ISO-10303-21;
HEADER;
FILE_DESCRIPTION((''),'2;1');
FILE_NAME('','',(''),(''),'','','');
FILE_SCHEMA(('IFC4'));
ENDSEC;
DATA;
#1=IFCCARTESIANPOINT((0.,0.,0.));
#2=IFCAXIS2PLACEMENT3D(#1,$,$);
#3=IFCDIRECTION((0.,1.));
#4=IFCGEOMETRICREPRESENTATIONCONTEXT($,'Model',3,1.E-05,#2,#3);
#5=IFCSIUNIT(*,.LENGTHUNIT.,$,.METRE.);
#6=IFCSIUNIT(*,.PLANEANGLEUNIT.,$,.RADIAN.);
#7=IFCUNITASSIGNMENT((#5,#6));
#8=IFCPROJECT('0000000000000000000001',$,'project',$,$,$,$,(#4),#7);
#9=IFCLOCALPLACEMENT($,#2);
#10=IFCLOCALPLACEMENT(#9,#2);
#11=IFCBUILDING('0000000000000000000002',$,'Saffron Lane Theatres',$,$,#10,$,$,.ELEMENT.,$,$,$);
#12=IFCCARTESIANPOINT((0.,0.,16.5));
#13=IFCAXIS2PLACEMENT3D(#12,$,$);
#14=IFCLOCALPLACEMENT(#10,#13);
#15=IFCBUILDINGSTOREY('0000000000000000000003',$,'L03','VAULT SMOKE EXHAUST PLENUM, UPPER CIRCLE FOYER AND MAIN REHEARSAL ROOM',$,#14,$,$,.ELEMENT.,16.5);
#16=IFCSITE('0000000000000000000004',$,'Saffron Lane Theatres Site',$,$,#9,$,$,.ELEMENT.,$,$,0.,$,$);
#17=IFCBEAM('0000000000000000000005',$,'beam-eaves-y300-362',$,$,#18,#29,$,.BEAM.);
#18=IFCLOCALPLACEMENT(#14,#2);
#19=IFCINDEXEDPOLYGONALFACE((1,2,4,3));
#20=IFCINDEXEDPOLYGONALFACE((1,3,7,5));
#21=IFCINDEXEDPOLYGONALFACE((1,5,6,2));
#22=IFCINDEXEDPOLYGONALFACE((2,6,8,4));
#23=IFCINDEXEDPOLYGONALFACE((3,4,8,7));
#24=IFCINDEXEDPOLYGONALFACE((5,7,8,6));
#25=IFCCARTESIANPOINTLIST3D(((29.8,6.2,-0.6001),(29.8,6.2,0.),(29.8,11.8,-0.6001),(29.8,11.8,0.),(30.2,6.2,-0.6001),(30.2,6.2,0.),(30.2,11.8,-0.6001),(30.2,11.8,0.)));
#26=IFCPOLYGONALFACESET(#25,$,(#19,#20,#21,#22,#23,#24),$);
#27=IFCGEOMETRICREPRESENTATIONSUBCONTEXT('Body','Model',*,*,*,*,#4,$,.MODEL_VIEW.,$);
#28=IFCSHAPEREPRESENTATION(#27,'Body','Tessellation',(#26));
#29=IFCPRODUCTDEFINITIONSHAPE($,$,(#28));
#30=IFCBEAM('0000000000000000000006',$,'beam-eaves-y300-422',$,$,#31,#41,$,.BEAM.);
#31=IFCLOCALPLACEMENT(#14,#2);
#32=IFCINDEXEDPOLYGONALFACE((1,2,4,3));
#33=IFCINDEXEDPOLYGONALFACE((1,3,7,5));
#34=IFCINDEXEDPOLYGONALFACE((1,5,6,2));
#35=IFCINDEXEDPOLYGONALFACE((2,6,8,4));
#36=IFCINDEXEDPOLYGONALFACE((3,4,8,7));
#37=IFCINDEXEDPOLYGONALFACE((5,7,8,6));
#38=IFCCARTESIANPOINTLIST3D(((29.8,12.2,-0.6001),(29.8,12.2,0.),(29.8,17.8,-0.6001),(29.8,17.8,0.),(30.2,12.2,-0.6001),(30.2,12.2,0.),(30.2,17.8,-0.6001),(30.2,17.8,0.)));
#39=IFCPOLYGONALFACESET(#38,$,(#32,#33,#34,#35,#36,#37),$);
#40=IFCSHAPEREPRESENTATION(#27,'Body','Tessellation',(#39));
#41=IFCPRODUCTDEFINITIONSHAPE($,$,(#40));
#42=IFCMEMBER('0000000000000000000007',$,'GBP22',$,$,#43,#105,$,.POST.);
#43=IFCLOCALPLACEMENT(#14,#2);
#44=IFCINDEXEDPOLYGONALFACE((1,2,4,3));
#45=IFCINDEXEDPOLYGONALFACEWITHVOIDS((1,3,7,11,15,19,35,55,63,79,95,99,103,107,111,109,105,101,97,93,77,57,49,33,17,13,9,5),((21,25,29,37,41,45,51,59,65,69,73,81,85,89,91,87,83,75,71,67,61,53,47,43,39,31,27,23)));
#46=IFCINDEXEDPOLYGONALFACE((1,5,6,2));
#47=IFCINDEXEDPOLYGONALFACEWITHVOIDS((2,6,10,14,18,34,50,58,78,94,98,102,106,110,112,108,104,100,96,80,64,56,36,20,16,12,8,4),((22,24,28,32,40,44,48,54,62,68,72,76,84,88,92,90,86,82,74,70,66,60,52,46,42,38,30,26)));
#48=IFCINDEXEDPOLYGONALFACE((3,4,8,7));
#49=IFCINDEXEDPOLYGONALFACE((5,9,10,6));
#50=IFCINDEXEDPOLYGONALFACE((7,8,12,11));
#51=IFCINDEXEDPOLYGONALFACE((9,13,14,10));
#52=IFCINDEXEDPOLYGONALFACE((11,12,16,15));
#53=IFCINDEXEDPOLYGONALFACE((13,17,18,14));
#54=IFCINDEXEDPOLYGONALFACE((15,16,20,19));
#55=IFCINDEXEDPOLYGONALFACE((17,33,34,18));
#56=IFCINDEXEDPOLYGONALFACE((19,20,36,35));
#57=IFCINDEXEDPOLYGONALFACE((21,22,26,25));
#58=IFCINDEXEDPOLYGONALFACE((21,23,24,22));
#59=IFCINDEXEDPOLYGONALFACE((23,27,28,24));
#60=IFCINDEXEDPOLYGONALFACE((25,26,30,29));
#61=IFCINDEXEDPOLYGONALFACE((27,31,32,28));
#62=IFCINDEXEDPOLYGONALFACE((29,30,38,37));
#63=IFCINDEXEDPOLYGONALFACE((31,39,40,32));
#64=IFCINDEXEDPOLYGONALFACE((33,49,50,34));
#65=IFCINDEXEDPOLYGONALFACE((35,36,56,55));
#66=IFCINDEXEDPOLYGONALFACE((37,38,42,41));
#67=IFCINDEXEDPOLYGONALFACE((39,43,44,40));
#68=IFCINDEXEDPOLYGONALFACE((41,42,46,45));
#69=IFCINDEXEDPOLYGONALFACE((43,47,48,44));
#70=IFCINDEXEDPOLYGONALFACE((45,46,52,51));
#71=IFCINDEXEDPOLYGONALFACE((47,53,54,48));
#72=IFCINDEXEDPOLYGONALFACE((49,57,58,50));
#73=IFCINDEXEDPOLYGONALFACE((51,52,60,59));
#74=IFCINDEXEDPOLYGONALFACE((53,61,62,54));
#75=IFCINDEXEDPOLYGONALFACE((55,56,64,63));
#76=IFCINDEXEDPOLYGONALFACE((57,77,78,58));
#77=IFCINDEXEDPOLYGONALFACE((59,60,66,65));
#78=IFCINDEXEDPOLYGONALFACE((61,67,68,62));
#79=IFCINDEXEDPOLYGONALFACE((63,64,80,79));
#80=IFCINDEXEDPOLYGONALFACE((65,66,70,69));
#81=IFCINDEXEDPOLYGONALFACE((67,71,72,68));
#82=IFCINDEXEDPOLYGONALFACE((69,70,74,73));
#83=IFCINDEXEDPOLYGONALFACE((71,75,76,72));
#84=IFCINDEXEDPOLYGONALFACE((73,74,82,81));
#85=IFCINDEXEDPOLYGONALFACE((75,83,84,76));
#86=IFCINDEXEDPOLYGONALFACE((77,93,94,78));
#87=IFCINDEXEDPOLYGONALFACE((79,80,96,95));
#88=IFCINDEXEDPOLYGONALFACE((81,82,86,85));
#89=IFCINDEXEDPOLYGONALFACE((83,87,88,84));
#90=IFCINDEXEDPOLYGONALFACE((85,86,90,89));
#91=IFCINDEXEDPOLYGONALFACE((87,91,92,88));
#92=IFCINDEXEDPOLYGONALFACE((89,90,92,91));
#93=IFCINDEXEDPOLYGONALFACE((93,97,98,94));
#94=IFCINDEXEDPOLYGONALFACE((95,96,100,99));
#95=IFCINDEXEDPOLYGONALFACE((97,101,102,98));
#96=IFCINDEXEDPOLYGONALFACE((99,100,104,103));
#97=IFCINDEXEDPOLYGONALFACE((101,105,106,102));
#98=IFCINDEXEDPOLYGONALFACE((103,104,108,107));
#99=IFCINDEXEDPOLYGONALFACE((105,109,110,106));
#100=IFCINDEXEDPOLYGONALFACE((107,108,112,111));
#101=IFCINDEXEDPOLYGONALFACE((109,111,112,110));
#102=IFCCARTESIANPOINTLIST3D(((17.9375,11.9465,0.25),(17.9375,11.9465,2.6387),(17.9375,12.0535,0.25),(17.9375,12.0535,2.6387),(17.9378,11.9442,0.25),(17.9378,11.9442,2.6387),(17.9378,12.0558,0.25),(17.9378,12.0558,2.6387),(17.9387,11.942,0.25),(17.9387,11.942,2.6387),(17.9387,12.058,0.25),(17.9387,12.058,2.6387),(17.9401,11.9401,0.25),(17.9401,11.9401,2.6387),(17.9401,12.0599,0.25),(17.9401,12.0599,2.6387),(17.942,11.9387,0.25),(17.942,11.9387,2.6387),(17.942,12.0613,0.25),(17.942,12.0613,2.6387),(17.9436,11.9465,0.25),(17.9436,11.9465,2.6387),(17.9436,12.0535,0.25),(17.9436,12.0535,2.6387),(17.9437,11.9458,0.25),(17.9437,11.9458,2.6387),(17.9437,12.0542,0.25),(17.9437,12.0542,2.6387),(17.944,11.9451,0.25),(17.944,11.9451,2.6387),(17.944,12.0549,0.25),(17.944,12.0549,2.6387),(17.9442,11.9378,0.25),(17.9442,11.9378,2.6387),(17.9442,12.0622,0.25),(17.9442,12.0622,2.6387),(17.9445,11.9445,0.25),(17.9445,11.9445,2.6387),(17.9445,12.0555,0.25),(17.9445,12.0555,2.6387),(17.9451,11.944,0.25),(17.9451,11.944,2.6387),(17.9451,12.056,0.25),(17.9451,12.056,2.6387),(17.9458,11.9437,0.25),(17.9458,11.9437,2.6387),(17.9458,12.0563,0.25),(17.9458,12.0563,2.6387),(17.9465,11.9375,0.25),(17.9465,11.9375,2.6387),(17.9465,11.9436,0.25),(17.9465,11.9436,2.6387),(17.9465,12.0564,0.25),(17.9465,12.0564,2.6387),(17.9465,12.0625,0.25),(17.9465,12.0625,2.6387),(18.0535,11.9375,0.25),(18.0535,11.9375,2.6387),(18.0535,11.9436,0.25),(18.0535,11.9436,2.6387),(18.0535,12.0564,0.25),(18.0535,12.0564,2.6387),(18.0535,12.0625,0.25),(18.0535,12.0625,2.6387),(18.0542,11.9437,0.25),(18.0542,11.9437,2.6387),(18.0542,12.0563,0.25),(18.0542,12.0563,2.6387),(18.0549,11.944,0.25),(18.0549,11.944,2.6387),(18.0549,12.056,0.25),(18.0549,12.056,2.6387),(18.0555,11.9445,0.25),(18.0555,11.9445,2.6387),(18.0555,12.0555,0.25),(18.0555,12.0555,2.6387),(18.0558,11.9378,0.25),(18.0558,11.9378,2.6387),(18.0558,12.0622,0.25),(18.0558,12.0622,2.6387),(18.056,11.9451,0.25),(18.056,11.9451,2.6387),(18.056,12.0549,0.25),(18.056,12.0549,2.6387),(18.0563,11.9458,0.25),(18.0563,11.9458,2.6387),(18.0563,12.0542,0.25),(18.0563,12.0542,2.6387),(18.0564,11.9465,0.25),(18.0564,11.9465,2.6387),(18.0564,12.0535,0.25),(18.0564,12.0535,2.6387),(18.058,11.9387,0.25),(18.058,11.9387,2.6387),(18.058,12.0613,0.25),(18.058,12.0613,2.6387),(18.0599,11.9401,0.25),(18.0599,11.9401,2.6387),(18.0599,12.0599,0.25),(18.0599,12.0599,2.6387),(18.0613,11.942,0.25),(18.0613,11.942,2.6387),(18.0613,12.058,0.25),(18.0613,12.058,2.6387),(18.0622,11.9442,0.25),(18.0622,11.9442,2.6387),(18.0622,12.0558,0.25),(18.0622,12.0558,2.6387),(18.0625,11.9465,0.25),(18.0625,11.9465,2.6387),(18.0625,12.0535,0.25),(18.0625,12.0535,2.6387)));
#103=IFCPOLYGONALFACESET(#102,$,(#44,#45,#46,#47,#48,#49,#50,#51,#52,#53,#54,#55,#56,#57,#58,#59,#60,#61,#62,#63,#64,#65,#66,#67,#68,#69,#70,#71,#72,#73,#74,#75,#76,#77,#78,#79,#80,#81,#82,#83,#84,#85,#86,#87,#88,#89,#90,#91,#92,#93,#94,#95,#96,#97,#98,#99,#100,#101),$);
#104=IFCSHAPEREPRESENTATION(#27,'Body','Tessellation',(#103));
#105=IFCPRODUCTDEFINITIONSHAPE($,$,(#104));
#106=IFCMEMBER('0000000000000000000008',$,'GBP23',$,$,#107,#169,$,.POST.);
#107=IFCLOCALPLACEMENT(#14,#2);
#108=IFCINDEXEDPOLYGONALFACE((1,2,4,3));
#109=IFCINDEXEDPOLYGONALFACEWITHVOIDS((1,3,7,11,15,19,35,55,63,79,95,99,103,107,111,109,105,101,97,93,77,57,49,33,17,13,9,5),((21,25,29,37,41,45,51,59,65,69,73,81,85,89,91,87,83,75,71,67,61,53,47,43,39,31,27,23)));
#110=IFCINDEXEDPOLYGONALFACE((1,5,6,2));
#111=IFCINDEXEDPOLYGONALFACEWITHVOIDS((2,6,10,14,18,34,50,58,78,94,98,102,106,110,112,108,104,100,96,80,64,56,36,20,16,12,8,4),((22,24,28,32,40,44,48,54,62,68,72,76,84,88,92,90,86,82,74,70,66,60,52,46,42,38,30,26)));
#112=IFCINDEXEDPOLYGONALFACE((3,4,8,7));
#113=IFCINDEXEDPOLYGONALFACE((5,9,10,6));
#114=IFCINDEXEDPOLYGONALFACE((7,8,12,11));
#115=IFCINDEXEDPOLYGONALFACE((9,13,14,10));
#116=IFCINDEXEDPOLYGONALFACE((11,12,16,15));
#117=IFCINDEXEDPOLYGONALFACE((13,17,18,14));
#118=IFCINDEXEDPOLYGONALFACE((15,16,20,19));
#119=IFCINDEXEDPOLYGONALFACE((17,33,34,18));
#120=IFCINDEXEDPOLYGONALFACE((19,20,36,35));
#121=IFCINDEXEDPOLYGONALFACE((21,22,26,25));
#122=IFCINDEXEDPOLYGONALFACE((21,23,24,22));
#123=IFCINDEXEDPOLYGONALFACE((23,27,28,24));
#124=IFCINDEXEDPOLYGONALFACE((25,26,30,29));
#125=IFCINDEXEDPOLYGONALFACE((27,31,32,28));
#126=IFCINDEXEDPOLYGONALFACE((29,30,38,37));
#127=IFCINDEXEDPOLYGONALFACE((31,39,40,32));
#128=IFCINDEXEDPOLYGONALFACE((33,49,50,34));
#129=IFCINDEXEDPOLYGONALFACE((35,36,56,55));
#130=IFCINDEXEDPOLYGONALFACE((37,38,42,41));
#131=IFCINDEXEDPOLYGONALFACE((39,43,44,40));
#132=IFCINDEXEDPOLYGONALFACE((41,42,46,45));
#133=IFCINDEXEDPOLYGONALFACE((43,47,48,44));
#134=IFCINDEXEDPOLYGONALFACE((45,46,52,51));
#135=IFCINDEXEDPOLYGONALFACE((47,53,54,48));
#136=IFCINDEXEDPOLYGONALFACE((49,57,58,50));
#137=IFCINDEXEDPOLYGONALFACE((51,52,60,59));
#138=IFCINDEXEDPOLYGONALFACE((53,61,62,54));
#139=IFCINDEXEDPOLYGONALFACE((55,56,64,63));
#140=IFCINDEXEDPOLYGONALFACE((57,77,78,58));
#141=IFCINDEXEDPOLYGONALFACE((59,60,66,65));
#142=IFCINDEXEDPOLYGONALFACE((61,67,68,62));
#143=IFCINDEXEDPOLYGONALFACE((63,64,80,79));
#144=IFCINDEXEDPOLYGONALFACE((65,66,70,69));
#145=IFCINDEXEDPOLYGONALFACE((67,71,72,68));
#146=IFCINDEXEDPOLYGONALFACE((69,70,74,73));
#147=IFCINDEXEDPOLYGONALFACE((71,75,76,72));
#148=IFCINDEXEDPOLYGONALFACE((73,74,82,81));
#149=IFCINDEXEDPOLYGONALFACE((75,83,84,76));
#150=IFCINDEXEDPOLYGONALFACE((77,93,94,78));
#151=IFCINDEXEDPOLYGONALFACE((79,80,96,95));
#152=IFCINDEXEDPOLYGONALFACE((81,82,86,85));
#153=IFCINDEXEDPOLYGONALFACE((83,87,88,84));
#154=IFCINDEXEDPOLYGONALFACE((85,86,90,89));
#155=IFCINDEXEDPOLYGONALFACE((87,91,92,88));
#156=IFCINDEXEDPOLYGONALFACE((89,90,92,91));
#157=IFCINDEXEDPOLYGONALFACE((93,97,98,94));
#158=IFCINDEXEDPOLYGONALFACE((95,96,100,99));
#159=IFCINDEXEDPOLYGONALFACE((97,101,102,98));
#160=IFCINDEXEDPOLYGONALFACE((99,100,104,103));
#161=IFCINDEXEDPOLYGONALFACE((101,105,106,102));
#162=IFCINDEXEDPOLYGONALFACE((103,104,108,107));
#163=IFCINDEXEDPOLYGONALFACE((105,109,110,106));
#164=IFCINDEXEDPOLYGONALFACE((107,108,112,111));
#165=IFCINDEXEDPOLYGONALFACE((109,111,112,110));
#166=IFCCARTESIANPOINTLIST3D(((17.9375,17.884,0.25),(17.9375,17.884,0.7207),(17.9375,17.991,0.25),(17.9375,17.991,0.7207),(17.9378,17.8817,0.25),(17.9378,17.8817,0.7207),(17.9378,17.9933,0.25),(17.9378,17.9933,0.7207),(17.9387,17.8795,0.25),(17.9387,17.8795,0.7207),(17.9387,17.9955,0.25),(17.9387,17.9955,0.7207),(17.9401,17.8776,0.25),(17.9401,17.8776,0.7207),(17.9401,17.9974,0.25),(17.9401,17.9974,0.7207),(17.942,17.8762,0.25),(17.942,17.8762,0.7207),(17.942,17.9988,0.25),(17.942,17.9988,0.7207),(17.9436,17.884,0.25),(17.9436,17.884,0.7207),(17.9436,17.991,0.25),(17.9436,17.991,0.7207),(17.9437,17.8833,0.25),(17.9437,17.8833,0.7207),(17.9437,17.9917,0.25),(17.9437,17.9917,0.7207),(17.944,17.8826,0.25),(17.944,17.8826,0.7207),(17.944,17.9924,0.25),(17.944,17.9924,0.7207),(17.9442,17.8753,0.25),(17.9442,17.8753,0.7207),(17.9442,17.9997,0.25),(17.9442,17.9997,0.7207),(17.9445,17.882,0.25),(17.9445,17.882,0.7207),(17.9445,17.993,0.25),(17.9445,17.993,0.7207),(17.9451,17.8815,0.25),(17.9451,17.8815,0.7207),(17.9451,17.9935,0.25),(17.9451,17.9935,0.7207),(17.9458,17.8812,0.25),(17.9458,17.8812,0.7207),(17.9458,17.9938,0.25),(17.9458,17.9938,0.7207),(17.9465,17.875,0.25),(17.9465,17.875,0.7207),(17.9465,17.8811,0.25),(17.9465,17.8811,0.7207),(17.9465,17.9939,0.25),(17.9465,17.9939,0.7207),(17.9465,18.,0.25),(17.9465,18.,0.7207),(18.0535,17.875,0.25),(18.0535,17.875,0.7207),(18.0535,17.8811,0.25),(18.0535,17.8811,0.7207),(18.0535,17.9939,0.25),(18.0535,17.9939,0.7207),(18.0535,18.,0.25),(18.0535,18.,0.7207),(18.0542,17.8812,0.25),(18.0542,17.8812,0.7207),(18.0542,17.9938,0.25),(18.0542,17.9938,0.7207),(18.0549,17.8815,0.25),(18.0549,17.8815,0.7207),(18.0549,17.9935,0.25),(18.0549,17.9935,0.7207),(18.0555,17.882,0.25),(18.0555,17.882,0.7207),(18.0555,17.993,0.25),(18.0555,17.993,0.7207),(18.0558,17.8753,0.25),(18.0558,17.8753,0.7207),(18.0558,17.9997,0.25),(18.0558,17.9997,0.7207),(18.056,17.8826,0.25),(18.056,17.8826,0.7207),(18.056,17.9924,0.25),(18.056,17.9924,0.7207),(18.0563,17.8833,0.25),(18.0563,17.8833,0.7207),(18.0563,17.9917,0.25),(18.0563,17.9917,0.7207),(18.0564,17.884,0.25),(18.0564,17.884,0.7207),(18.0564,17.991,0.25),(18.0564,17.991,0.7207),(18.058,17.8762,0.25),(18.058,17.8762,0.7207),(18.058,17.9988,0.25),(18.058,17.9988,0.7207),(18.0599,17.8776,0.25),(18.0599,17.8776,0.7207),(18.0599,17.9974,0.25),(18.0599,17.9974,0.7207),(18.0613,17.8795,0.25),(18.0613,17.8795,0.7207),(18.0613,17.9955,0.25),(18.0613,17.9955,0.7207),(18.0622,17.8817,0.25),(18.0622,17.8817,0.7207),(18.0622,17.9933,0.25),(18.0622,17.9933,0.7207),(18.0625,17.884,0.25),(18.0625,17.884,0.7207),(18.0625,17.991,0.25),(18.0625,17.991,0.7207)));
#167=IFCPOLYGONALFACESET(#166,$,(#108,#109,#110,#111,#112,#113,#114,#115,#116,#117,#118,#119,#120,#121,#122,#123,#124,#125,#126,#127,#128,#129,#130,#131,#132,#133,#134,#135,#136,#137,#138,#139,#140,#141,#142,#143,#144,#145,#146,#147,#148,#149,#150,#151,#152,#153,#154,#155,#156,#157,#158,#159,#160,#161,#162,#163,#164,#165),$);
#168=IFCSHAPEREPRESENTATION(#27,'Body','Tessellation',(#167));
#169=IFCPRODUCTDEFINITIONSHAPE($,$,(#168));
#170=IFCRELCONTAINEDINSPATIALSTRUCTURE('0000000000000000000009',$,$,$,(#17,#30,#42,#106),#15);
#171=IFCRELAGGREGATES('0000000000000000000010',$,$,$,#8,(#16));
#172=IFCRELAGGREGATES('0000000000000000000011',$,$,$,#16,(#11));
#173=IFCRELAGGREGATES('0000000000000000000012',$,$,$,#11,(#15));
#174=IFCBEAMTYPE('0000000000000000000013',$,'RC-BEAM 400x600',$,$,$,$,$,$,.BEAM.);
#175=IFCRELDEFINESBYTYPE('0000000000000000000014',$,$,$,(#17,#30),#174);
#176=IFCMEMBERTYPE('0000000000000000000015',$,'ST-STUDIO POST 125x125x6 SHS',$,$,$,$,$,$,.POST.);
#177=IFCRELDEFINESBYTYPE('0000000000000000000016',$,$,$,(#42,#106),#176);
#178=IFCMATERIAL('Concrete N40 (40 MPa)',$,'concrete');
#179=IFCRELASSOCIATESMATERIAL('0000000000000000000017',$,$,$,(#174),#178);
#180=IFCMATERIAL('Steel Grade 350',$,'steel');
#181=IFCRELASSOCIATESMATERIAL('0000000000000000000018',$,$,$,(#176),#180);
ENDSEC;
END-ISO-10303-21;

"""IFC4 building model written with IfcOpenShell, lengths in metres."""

from ifc_helpers import new_model, si_unit, direction, frame, origin, origin_2d, place, context, subcontext, project, spatial, rectangle, hollow_rectangle, extrude, material, material_profile, profile_set, type_object, element, save


model = new_model("IFC4")

# Units and contexts
model_context = context("Model", 3, precision=1e-05, world=origin(), true_north=direction((0.0, 1.0)))
body_context = subcontext(model_context, "Body", "Model", "MODEL_VIEW")
ifc_project = project(units=[si_unit("LENGTHUNIT", "METRE"), si_unit("PLANEANGLEUNIT", "RADIAN")], contexts=[model_context])

# Site, building, storey
site_placement = place(None, origin())
site = spatial("IfcSite", under=ifc_project, at=site_placement, Name="Saffron Lane Theatres Site", CompositionType="ELEMENT", RefElevation=0.0)
building_placement = place(site_placement, origin())
building = spatial("IfcBuilding", under=site, at=building_placement, Name="Saffron Lane Theatres", CompositionType="ELEMENT")
storey_placement = place(building_placement, frame((0.0, 0.0, 16.5)))
storey = spatial("IfcBuildingStorey", under=building, at=storey_placement, Name="L03", Description="VAULT SMOKE EXHAUST PLENUM, UPPER CIRCLE FOYER AND MAIN REHEARSAL ROOM", CompositionType="ELEMENT", Elevation=16.5)

# Beams
ifc_material_1 = material(Name="Concrete N40 (40 MPa)", Category="concrete")
ifc_material_profile_1 = material_profile(ifc_material_1, rectangle(XDim=0.3999, YDim=0.6001, at=origin_2d()))
ifc_profile_set_1 = profile_set([ifc_material_profile_1], Name="Concrete N40 (40 MPa)")
beam_type = type_object("IfcBeamType", Name="RC-BEAM 400x600", PredefinedType="BEAM", material=ifc_profile_set_1)
for number, where, z_axis, x_axis, name in (
    (1, (30.0, 6.2, -0.3), (0.0, 1.0, 0.0), (-1.0, 0.0, 0.0), "beam-eaves-y300-362"),
    (2, (30.0, 12.2, -0.3), (0.0, 1.0, 0.0), (-1.0, 0.0, 0.0), "beam-eaves-y300-422"),
):
    element("IfcBeam", number, at=place(storey_placement, frame(where, z_axis=z_axis, x_axis=x_axis)), inside=storey, type_object=beam_type, Name=name, PredefinedType="BEAM", context=body_context, shape_type="SweptSolid", body=[
        extrude(rectangle(XDim=0.3999, YDim=0.6001, at=origin_2d()), origin(), (0.0, 0.0, 1.0), 5.6001),
    ])

# Members
ifc_material_2 = material(Name="Steel Grade 350", Category="steel")
ifc_material_profile_2 = material_profile(ifc_material_2, hollow_rectangle(XDim=0.125, YDim=0.125, WallThickness=0.0061, InnerFilletRadius=0.0029, OuterFilletRadius=0.009, at=origin_2d()))
ifc_profile_set_2 = profile_set([ifc_material_profile_2], Name="Steel Grade 350")
member_type_1 = type_object("IfcMemberType", Name="ST-STUDIO POST 125x125x6 SHS", PredefinedType="POST", material=ifc_profile_set_2)
member_1_placement = place(storey_placement, frame((18.0, 12.0, 0.25), z_axis=(0.0, 0.0, 1.0), x_axis=(1.0, 0.0, 0.0)))
element("IfcMember", 3, at=member_1_placement, inside=storey, type_object=member_type_1, Name="GBP22", PredefinedType="POST", context=body_context, shape_type="SweptSolid", body=[
    extrude(hollow_rectangle(XDim=0.125, YDim=0.125, WallThickness=0.0061, InnerFilletRadius=0.0029, OuterFilletRadius=0.009, at=origin_2d()), origin(), (0.0, 0.0, 1.0), 2.3887),
])
member_2_placement = place(storey_placement, frame((18.0, 17.9375, 0.25), z_axis=(0.0, 0.0, 1.0), x_axis=(1.0, 0.0, 0.0)))
element("IfcMember", 4, at=member_2_placement, inside=storey, type_object=member_type_1, Name="GBP23", PredefinedType="POST", context=body_context, shape_type="SweptSolid", body=[
    extrude(hollow_rectangle(XDim=0.125, YDim=0.125, WallThickness=0.0061, InnerFilletRadius=0.0029, OuterFilletRadius=0.009, at=origin_2d()), origin(), (0.0, 0.0, 1.0), 0.4707),
])

save(model, "model.ifc")
